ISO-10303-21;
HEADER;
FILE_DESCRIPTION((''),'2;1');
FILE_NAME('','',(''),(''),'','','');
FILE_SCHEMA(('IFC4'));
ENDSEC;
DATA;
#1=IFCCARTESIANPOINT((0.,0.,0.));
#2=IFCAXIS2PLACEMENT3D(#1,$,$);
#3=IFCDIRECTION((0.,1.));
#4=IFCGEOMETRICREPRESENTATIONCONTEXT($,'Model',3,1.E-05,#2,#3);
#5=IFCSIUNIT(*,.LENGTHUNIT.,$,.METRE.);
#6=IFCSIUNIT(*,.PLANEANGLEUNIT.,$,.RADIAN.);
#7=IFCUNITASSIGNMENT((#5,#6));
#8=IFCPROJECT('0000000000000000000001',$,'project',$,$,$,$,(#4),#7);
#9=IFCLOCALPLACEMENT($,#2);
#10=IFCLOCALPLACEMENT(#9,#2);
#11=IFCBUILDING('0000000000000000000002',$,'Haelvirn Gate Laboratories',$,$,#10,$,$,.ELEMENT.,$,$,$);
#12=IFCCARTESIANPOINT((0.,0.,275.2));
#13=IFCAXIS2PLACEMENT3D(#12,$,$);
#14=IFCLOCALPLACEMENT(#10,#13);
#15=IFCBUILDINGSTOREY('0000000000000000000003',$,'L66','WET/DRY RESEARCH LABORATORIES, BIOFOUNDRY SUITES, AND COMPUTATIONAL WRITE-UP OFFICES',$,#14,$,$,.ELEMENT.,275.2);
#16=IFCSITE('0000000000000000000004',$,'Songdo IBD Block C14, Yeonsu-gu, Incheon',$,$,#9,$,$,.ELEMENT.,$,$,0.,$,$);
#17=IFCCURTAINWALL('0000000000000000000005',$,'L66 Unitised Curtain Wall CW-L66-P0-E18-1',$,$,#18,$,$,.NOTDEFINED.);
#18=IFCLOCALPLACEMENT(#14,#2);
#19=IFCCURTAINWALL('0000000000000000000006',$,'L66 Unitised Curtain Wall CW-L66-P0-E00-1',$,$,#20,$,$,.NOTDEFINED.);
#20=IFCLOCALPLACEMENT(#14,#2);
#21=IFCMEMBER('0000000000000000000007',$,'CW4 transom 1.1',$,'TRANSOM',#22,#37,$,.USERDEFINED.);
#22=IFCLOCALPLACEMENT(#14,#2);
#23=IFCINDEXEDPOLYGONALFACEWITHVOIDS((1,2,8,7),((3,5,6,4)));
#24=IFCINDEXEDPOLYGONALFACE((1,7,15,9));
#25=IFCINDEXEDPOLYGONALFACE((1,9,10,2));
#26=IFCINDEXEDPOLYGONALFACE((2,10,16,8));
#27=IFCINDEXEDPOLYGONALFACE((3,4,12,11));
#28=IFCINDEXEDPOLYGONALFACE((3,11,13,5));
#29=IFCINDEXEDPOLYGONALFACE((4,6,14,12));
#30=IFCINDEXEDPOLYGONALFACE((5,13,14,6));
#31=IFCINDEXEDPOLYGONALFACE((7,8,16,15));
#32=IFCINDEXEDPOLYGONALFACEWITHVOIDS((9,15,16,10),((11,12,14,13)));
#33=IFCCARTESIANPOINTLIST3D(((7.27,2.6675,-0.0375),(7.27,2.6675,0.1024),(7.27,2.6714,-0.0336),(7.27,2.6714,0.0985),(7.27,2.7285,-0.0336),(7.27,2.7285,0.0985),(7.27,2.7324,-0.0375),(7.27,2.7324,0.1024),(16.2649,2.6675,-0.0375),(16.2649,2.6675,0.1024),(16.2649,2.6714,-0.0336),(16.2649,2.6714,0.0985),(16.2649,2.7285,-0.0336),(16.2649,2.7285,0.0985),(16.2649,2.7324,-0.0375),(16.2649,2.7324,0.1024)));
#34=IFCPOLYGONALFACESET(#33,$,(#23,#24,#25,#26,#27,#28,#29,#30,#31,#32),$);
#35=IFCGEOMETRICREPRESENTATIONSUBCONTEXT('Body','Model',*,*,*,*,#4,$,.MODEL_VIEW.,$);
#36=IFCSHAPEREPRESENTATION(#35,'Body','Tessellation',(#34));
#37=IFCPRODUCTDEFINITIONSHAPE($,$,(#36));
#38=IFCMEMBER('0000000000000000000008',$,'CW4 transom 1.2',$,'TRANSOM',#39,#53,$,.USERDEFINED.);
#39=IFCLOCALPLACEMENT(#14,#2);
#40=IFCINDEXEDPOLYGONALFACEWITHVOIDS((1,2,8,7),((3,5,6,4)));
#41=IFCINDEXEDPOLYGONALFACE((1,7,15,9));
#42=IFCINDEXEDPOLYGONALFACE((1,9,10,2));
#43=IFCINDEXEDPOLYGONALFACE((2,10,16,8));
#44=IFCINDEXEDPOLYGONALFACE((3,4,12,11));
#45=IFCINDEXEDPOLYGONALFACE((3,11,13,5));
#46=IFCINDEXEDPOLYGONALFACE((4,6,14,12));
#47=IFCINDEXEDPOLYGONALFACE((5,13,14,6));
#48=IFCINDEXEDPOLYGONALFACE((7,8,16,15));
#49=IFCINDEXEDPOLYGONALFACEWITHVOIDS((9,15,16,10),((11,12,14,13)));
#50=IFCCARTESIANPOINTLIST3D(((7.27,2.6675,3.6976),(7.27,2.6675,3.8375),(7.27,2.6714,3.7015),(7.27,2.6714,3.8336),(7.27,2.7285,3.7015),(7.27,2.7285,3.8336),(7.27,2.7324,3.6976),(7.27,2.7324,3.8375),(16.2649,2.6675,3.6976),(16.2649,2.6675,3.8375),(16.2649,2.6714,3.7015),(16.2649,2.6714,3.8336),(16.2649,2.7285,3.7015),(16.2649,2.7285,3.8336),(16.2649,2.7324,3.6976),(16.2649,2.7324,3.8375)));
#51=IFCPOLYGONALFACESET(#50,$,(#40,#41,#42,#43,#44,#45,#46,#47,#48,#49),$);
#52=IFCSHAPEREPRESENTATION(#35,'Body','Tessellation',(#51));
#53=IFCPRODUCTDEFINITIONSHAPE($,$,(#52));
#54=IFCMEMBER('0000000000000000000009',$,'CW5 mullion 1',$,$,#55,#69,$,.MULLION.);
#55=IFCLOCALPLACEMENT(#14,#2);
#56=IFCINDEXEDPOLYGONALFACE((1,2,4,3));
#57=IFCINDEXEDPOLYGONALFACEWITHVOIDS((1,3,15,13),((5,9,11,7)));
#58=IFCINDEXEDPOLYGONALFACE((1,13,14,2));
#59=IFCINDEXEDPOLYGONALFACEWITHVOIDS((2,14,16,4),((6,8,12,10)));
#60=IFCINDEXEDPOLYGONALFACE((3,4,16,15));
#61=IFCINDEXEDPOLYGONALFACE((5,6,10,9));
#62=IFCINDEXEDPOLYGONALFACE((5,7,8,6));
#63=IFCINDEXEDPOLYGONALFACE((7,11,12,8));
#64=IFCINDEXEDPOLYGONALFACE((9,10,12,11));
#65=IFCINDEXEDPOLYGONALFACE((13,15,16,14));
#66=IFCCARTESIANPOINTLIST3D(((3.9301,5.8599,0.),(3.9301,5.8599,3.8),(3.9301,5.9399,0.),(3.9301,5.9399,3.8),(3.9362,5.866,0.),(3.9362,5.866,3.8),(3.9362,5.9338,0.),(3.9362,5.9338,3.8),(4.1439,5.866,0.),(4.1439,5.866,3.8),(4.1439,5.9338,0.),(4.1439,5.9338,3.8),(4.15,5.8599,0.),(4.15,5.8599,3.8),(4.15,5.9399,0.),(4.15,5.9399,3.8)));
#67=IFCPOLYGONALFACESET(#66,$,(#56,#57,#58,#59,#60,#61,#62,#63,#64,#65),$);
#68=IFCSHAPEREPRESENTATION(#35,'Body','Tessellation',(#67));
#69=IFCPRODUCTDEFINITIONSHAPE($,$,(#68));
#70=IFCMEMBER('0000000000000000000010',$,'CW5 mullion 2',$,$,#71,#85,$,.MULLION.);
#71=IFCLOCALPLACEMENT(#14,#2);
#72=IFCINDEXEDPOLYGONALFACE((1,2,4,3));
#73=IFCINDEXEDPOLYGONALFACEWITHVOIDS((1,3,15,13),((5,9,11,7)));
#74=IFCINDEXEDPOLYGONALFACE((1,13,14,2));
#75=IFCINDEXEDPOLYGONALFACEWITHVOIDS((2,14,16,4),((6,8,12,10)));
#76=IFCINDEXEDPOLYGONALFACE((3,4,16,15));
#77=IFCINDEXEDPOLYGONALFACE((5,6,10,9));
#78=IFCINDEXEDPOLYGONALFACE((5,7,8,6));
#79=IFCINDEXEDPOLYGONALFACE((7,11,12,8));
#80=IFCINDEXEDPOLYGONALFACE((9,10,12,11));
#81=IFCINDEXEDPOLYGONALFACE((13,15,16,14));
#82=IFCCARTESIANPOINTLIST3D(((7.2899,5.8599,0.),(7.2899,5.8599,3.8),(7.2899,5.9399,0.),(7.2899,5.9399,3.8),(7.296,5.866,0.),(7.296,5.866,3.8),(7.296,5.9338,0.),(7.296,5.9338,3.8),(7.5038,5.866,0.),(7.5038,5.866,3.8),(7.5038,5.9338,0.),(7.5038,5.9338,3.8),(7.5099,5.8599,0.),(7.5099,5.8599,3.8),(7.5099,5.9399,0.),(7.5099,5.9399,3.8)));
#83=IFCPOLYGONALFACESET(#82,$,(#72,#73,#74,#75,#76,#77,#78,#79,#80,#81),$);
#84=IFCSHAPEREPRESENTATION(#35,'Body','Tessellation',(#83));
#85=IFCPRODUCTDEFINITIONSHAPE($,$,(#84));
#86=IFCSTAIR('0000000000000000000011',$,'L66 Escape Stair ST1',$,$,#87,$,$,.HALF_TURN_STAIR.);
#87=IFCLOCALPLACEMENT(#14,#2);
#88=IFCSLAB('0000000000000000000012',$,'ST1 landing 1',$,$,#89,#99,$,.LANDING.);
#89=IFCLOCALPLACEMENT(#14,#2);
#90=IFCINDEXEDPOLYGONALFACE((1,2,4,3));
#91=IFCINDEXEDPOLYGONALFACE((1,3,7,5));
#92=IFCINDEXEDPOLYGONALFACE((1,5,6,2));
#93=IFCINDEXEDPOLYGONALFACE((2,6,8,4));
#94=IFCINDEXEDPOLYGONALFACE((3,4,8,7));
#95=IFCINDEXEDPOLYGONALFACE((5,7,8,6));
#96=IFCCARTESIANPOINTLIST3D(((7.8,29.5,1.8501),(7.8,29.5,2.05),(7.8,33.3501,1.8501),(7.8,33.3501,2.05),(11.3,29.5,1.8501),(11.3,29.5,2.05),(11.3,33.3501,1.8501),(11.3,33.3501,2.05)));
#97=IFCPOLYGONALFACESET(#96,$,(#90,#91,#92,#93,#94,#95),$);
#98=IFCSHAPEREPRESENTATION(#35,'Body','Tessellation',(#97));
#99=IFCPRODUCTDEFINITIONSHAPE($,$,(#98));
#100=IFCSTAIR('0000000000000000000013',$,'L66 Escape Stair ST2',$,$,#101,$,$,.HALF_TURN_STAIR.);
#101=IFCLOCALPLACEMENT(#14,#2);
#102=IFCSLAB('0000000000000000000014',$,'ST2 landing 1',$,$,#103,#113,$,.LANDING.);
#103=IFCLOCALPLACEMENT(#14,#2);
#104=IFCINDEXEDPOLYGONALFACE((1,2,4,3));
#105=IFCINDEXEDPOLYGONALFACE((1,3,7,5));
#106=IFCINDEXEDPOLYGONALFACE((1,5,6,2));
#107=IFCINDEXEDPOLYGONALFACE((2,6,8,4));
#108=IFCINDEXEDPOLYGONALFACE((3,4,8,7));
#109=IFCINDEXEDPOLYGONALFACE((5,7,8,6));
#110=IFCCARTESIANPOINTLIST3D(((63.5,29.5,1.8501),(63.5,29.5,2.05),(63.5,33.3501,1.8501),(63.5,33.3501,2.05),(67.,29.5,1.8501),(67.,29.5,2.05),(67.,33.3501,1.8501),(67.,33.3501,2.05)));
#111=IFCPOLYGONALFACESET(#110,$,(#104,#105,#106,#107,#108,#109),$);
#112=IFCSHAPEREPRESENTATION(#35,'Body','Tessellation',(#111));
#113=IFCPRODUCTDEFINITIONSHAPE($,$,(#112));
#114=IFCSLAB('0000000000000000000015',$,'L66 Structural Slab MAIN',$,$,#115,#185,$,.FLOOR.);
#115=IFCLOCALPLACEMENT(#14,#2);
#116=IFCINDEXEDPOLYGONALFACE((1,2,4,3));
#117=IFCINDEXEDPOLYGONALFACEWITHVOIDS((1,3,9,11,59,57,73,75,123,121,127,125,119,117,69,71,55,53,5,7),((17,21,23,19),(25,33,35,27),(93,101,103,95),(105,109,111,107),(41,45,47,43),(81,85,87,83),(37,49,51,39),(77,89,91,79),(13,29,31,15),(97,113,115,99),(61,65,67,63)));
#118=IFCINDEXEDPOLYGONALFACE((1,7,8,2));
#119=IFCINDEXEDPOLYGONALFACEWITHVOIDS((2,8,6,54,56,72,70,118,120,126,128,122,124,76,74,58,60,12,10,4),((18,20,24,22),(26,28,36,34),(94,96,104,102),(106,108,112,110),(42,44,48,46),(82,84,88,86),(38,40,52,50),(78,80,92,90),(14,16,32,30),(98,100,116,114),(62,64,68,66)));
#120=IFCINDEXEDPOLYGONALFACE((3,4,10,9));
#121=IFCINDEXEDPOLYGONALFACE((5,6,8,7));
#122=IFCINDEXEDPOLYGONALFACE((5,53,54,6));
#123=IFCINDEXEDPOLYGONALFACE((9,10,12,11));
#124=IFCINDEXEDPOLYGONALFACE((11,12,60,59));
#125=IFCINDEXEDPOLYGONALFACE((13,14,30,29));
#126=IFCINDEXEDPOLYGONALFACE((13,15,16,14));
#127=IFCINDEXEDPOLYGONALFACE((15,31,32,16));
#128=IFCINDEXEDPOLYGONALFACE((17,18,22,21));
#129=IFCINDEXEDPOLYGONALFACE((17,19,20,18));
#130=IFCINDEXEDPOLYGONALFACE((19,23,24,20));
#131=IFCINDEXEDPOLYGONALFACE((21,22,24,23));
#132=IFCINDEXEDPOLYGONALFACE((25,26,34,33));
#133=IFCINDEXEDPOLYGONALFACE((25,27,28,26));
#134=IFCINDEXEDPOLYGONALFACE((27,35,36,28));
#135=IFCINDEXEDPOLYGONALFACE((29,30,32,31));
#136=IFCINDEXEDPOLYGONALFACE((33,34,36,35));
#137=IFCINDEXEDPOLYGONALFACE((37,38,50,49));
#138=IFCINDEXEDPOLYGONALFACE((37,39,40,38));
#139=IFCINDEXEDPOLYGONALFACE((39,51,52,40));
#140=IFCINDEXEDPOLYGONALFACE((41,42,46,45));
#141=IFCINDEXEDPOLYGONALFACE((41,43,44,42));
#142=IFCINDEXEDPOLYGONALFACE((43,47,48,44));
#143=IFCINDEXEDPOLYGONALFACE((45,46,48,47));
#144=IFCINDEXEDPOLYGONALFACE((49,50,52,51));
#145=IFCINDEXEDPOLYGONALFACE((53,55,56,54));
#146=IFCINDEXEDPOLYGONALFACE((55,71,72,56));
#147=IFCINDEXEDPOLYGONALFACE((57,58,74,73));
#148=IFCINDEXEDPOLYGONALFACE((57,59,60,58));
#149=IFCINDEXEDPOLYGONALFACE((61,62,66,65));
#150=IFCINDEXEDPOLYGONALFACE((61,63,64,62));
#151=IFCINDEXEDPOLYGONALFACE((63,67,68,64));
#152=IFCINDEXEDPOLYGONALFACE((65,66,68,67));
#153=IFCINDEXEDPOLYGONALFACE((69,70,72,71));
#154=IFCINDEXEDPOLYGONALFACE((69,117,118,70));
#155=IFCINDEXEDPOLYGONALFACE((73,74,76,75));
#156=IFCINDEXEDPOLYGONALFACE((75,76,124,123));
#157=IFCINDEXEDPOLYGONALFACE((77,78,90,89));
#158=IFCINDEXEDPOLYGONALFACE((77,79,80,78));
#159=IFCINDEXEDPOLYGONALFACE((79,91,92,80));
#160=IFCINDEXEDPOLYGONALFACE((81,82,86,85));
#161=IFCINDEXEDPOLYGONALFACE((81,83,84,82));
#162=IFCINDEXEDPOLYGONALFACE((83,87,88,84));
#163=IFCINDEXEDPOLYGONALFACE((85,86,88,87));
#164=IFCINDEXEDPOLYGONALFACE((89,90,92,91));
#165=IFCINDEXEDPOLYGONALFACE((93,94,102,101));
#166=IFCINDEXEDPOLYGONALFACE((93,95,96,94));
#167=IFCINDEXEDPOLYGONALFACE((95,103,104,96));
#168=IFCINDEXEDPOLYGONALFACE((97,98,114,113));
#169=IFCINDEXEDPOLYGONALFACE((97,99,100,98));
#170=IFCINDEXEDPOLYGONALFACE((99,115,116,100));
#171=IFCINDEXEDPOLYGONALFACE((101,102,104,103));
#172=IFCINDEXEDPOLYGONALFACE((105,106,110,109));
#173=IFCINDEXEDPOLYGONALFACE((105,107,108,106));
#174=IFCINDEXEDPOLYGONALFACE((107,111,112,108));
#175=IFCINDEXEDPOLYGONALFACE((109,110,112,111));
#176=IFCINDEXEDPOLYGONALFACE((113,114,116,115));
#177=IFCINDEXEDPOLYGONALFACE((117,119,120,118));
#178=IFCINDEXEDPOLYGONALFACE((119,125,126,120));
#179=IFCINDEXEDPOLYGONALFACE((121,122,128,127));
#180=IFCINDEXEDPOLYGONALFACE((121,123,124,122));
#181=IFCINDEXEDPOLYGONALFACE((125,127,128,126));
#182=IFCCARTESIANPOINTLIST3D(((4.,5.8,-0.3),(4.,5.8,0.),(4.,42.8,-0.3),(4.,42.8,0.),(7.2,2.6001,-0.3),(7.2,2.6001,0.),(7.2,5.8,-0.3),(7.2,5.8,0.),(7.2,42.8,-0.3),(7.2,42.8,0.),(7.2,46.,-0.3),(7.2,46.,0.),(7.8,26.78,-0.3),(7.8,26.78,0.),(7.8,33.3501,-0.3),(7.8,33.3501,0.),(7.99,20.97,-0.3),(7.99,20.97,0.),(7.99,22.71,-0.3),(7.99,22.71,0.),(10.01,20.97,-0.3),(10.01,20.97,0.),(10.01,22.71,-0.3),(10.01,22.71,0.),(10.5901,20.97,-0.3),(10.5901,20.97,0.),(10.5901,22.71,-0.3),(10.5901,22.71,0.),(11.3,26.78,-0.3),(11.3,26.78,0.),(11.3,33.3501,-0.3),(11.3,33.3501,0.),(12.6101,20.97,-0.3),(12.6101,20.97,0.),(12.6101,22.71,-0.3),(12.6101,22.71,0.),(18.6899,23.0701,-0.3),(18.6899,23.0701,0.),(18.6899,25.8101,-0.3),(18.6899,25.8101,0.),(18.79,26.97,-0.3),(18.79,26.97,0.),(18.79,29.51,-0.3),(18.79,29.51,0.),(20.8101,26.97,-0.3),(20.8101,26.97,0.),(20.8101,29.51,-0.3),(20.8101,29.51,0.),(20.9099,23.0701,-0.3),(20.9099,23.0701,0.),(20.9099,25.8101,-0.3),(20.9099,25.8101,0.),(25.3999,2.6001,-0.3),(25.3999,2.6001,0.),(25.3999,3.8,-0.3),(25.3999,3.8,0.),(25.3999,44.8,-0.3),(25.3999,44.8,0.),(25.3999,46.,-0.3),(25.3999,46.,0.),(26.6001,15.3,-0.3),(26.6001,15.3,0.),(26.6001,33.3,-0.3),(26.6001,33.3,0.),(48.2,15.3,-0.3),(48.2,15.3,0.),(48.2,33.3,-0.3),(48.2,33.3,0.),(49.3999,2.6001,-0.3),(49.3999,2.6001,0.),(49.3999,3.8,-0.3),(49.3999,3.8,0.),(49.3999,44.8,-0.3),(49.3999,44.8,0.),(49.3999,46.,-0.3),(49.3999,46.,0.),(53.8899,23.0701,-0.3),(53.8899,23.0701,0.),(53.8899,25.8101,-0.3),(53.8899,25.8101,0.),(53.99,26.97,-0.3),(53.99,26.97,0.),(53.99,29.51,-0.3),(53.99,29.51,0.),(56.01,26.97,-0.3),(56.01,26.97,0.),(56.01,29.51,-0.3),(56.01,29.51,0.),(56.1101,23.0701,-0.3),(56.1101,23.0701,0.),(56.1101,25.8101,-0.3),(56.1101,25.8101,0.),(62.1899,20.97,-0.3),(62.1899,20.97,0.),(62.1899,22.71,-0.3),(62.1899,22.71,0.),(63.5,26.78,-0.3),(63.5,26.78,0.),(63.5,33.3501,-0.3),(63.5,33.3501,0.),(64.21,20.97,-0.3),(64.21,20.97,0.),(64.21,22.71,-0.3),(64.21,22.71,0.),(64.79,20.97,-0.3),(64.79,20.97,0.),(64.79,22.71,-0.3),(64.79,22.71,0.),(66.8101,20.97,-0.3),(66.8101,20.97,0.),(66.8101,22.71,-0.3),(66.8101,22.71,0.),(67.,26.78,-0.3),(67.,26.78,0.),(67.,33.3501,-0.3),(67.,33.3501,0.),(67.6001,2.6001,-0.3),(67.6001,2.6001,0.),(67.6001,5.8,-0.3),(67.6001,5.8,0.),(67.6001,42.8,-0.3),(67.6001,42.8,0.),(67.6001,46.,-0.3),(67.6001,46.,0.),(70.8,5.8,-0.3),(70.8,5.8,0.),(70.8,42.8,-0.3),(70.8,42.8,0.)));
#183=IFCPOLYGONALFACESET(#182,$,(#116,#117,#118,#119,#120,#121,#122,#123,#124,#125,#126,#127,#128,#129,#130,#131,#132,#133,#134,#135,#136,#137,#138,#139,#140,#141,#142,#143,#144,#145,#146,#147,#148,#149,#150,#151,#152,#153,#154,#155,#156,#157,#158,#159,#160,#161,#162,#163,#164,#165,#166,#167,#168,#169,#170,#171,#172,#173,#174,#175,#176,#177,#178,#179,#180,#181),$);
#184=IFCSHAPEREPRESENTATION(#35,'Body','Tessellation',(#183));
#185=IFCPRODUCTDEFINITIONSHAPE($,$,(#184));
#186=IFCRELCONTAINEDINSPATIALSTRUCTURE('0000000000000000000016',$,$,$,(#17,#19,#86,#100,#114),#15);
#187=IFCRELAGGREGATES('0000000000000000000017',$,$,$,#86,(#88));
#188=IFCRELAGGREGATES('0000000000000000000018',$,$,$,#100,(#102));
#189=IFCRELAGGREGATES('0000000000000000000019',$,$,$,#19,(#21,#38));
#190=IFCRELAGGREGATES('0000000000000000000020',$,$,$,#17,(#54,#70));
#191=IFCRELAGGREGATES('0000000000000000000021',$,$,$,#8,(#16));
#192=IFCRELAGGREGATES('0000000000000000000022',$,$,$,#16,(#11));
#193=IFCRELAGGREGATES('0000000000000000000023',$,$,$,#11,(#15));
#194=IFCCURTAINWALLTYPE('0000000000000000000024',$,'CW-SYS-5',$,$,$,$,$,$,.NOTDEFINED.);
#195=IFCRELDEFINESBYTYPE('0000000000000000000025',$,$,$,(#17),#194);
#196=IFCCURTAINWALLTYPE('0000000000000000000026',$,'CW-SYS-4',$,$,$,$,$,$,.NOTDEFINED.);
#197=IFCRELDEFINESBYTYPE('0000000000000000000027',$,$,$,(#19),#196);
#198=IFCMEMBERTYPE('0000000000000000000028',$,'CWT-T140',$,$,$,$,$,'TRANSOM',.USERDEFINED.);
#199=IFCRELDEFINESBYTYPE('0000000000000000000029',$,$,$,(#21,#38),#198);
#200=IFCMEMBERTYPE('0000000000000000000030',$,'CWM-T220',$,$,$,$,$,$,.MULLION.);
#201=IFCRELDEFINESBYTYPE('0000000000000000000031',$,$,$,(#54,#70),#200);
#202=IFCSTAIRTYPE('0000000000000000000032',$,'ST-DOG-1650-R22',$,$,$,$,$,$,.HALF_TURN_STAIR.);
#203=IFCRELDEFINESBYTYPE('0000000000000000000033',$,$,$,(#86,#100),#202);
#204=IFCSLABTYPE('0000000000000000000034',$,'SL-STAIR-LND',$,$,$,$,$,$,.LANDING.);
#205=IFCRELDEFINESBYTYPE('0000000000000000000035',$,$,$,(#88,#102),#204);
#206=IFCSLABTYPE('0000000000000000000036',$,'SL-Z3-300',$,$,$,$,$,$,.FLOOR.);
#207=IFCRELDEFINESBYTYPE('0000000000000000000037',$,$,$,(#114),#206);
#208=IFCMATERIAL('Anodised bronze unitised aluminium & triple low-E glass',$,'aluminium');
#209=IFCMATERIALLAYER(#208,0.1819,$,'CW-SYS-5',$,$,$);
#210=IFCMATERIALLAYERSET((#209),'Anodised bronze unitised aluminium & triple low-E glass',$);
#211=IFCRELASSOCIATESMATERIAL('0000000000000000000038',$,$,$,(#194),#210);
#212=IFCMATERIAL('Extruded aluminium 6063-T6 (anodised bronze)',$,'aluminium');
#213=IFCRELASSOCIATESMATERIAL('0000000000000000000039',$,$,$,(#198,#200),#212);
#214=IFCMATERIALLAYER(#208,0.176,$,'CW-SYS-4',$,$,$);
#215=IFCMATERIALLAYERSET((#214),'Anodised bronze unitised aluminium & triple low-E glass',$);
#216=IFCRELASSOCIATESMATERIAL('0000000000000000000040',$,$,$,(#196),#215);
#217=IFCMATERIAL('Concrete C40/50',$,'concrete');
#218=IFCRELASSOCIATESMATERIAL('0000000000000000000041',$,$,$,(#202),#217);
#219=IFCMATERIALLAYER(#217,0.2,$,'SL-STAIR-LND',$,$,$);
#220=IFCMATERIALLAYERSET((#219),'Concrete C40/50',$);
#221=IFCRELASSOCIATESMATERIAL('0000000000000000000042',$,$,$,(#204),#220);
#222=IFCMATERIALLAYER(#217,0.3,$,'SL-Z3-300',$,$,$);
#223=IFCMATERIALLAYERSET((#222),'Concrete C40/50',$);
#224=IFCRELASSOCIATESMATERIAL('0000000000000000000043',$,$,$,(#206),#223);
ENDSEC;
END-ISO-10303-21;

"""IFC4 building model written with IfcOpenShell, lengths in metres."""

from ifc_helpers import new_model, si_unit, direction, frame, origin, origin_2d, place, context, subcontext, project, spatial, polyline, hollow_rectangle, outline, extrude, source, transform, mapped, material, layer, layer_set, material_profile, profile_set, type_object, type_shapes, element, aggregate, save


model = new_model("IFC4")

# Units and contexts
model_context = context("Model", 3, precision=1e-05, world=origin(), true_north=direction((0.0, 1.0)))
body_context = subcontext(model_context, "Body", "Model", "MODEL_VIEW")
ifc_project = project(units=[si_unit("LENGTHUNIT", "METRE"), si_unit("PLANEANGLEUNIT", "RADIAN")], contexts=[model_context])

# Site, building, storey
site_placement = place(None, origin())
site = spatial("IfcSite", under=ifc_project, at=site_placement, Name="Songdo IBD Block C14, Yeonsu-gu, Incheon", CompositionType="ELEMENT", RefElevation=0.0)
building_placement = place(site_placement, origin())
building = spatial("IfcBuilding", under=site, at=building_placement, Name="Haelvirn Gate Laboratories", CompositionType="ELEMENT")
storey_placement = place(building_placement, frame((0.0, 0.0, 275.2)))
storey = spatial("IfcBuildingStorey", under=building, at=storey_placement, Name="L66", Description="WET/DRY RESEARCH LABORATORIES, BIOFOUNDRY SUITES, AND COMPUTATIONAL WRITE-UP OFFICES", CompositionType="ELEMENT", Elevation=275.2)

# Curtain wall
ifc_material_1 = material(Name="Anodised bronze unitised aluminium & triple low-E glass", Category="aluminium")
ifc_layer_1 = layer(ifc_material_1, 0.1819, Name="CW-SYS-5")
ifc_layer_set_1 = layer_set([ifc_layer_1], Name="Anodised bronze unitised aluminium & triple low-E glass")
curtain_wall_type_1 = type_object("IfcCurtainWallType", Name="CW-SYS-5", PredefinedType="NOTDEFINED", material=ifc_layer_set_1)
curtain_wall_1_placement = place(storey_placement, origin())
curtain_wall_1 = element("IfcCurtainWall", 1, at=curtain_wall_1_placement, inside=storey, type_object=curtain_wall_type_1, Name="L66 Unitised Curtain Wall CW-L66-P0-E18-1", PredefinedType="NOTDEFINED")
ifc_material_2 = material(Name="Extruded aluminium 6063-T6 (anodised bronze)", Category="aluminium")
ifc_material_profile_1 = material_profile(ifc_material_2, hollow_rectangle(XDim=0.0649, YDim=0.1399, WallThickness=0.0039, at=origin_2d()), Name="CWT-140x65x4")
ifc_profile_set_1 = profile_set([ifc_material_profile_1], Name="Extruded aluminium 6063-T6 (anodised bronze)")
member_type_1 = type_object("IfcMemberType", Name="CWT-T140", ElementType="TRANSOM", PredefinedType="USERDEFINED", material=ifc_profile_set_1)

# Curtain wall
ifc_layer_2 = layer(ifc_material_1, 0.176, Name="CW-SYS-4")
ifc_layer_set_2 = layer_set([ifc_layer_2], Name="Anodised bronze unitised aluminium & triple low-E glass")
curtain_wall_type_2 = type_object("IfcCurtainWallType", Name="CW-SYS-4", PredefinedType="NOTDEFINED", material=ifc_layer_set_2)
curtain_wall_2_placement = place(storey_placement, origin())
curtain_wall_2 = element("IfcCurtainWall", 2, at=curtain_wall_2_placement, inside=storey, type_object=curtain_wall_type_2, Name="L66 Unitised Curtain Wall CW-L66-P0-E00-1", PredefinedType="NOTDEFINED")

# Members
shared_shape_1 = source(origin(), body_context, "Body", "SweptSolid", [
    extrude(hollow_rectangle(XDim=0.0649, YDim=0.1399, WallThickness=0.0039, at=origin_2d()), origin(), (0.0, 0.0, 1.0), 8.9949),
])
member_1_placement = place(storey_placement, frame((7.27, 2.7, 0.0325), z_axis=(1.0, 0.0, 0.0), x_axis=(0.0, 1.0, 0.0)))
member_1 = element("IfcMember", 3, at=member_1_placement, type_object=member_type_1, Name="CW4 transom 1.1", ObjectType="TRANSOM", PredefinedType="USERDEFINED", context=body_context, shape_type="MappedRepresentation", body=[
    mapped(shared_shape_1, transform((0.0, 0.0, 0.0), scale=1.0)),
])
member_2_placement = place(storey_placement, frame((7.27, 2.7, 3.7676), z_axis=(1.0, 0.0, 0.0), x_axis=(0.0, 1.0, 0.0)))
member_2 = element("IfcMember", 4, at=member_2_placement, type_object=member_type_1, Name="CW4 transom 1.2", ObjectType="TRANSOM", PredefinedType="USERDEFINED", context=body_context, shape_type="MappedRepresentation", body=[
    mapped(shared_shape_1, transform((0.0, 0.0, 0.0), scale=1.0)),
])
ifc_material_profile_2 = material_profile(ifc_material_2, hollow_rectangle(XDim=0.0801, YDim=0.22, WallThickness=0.0061, at=origin_2d()), Name="CWM-220x80x6")
ifc_profile_set_2 = profile_set([ifc_material_profile_2], Name="Extruded aluminium 6063-T6 (anodised bronze)")
member_type_2 = type_object("IfcMemberType", Name="CWM-T220", PredefinedType="MULLION", material=ifc_profile_set_2)
shared_shape_2 = source(origin(), body_context, "Body", "SweptSolid", [
    extrude(hollow_rectangle(XDim=0.0801, YDim=0.22, WallThickness=0.0061, at=origin_2d()), origin(), (0.0, 0.0, 1.0), 3.8),
])
type_shapes(member_type_2, [shared_shape_2])
member_3_placement = place(storey_placement, frame((4.04, 5.8999, 0.0), z_axis=(0.0, 0.0, 1.0), x_axis=(0.0, 1.0, 0.0)))
member_3 = element("IfcMember", 5, at=member_3_placement, type_object=member_type_2, Name="CW5 mullion 1", PredefinedType="MULLION", context=body_context, shape_type="MappedRepresentation", body=[
    mapped(shared_shape_2, transform((0.0, 0.0, 0.0), scale=1.0)),
])
member_4_placement = place(storey_placement, frame((7.3999, 5.8999, 0.0), z_axis=(0.0, 0.0, 1.0), x_axis=(0.0, 1.0, 0.0)))
member_4 = element("IfcMember", 6, at=member_4_placement, type_object=member_type_2, Name="CW5 mullion 2", PredefinedType="MULLION", context=body_context, shape_type="MappedRepresentation", body=[
    mapped(shared_shape_2, transform((0.0, 0.0, 0.0), scale=1.0)),
])

# Stairs, slabs
ifc_material_3 = material(Name="Concrete C40/50", Category="concrete")
stair_type = type_object("IfcStairType", Name="ST-DOG-1650-R22", PredefinedType="HALF_TURN_STAIR", material=ifc_material_3)
stair_1_placement = place(storey_placement, origin())
stair_1 = element("IfcStair", 7, at=stair_1_placement, inside=storey, type_object=stair_type, Name="L66 Escape Stair ST1", PredefinedType="HALF_TURN_STAIR")
ifc_layer_3 = layer(ifc_material_3, 0.2, Name="SL-STAIR-LND")
ifc_layer_set_3 = layer_set([ifc_layer_3], Name="Concrete C40/50")
slab_type_1 = type_object("IfcSlabType", Name="SL-STAIR-LND", PredefinedType="LANDING", material=ifc_layer_set_3)
slab_1_placement = place(storey_placement, frame((0.0, 0.0, 1.8501)))
slab_1 = element("IfcSlab", 8, at=slab_1_placement, type_object=slab_type_1, Name="ST1 landing 1", PredefinedType="LANDING", context=body_context, shape_type="SweptSolid", body=[
    extrude(outline(polyline([(11.3, 29.5), (11.3, 33.3501), (7.8, 33.3501), (7.8, 29.5), (11.3, 29.5)])), origin(), (0.0, 0.0, 1.0), 0.2),
])
aggregate(stair_1, [slab_1])
stair_2_placement = place(storey_placement, origin())
stair_2 = element("IfcStair", 9, at=stair_2_placement, inside=storey, type_object=stair_type, Name="L66 Escape Stair ST2", PredefinedType="HALF_TURN_STAIR")
slab_2_placement = place(storey_placement, frame((0.0, 0.0, 1.8501)))
slab_2 = element("IfcSlab", 10, at=slab_2_placement, type_object=slab_type_1, Name="ST2 landing 1", PredefinedType="LANDING", context=body_context, shape_type="SweptSolid", body=[
    extrude(outline(polyline([(67.0, 29.5), (67.0, 33.3501), (63.5, 33.3501), (63.5, 29.5), (67.0, 29.5)])), origin(), (0.0, 0.0, 1.0), 0.2),
])
aggregate(stair_2, [slab_2])

# Slab
ifc_layer_4 = layer(ifc_material_3, 0.3, Name="SL-Z3-300")
ifc_layer_set_4 = layer_set([ifc_layer_4], Name="Concrete C40/50")
slab_type_2 = type_object("IfcSlabType", Name="SL-Z3-300", PredefinedType="FLOOR", material=ifc_layer_set_4)
slab_3_placement = place(storey_placement, frame((0.0, 0.0, -0.3)))
element("IfcSlab", 11, at=slab_3_placement, inside=storey, type_object=slab_type_2, Name="L66 Structural Slab MAIN", PredefinedType="FLOOR", context=body_context, shape_type="SweptSolid", body=[
    extrude(outline(polyline([(7.2, 2.6001), (25.3999, 2.6001), (25.3999, 3.8), (49.3999, 3.8), (49.3999, 2.6001), (67.6001, 2.6001), (67.6001, 5.8), (70.8, 5.8), (70.8, 42.8), (67.6001, 42.8), (67.6001, 46.0), (49.3999, 46.0), (49.3999, 44.8), (25.3999, 44.8), (25.3999, 46.0), (7.2, 46.0), (7.2, 42.8), (4.0, 42.8), (4.0, 5.8), (7.2, 5.8), (7.2, 2.6001)]), holes=[polyline([(26.6001, 15.3), (48.2, 15.3), (48.2, 33.3), (26.6001, 33.3), (26.6001, 15.3)]), polyline([(11.3, 26.78), (11.3, 33.3501), (7.8, 33.3501), (7.8, 26.78), (11.3, 26.78)]), polyline([(67.0, 26.78), (67.0, 33.3501), (63.5, 33.3501), (63.5, 26.78), (67.0, 26.78)]), polyline([(7.99, 20.97), (10.01, 20.97), (10.01, 22.71), (7.99, 22.71), (7.99, 20.97)]), polyline([(10.5901, 20.97), (12.6101, 20.97), (12.6101, 22.71), (10.5901, 22.71), (10.5901, 20.97)]), polyline([(18.79, 26.97), (20.8101, 26.97), (20.8101, 29.51), (18.79, 29.51), (18.79, 26.97)]), polyline([(18.6899, 23.0701), (20.9099, 23.0701), (20.9099, 25.8101), (18.6899, 25.8101), (18.6899, 23.0701)]), polyline([(64.79, 20.97), (66.8101, 20.97), (66.8101, 22.71), (64.79, 22.71), (64.79, 20.97)]), polyline([(62.1899, 20.97), (64.21, 20.97), (64.21, 22.71), (62.1899, 22.71), (62.1899, 20.97)]), polyline([(53.99, 26.97), (56.01, 26.97), (56.01, 29.51), (53.99, 29.51), (53.99, 26.97)]), polyline([(53.8899, 23.0701), (56.1101, 23.0701), (56.1101, 25.8101), (53.8899, 25.8101), (53.8899, 23.0701)])]), origin(), (0.0, 0.0, 1.0), 0.3),
])

aggregate(curtain_wall_2, [member_1, member_2])
aggregate(curtain_wall_1, [member_3, member_4])

save(model, "model.ifc")
